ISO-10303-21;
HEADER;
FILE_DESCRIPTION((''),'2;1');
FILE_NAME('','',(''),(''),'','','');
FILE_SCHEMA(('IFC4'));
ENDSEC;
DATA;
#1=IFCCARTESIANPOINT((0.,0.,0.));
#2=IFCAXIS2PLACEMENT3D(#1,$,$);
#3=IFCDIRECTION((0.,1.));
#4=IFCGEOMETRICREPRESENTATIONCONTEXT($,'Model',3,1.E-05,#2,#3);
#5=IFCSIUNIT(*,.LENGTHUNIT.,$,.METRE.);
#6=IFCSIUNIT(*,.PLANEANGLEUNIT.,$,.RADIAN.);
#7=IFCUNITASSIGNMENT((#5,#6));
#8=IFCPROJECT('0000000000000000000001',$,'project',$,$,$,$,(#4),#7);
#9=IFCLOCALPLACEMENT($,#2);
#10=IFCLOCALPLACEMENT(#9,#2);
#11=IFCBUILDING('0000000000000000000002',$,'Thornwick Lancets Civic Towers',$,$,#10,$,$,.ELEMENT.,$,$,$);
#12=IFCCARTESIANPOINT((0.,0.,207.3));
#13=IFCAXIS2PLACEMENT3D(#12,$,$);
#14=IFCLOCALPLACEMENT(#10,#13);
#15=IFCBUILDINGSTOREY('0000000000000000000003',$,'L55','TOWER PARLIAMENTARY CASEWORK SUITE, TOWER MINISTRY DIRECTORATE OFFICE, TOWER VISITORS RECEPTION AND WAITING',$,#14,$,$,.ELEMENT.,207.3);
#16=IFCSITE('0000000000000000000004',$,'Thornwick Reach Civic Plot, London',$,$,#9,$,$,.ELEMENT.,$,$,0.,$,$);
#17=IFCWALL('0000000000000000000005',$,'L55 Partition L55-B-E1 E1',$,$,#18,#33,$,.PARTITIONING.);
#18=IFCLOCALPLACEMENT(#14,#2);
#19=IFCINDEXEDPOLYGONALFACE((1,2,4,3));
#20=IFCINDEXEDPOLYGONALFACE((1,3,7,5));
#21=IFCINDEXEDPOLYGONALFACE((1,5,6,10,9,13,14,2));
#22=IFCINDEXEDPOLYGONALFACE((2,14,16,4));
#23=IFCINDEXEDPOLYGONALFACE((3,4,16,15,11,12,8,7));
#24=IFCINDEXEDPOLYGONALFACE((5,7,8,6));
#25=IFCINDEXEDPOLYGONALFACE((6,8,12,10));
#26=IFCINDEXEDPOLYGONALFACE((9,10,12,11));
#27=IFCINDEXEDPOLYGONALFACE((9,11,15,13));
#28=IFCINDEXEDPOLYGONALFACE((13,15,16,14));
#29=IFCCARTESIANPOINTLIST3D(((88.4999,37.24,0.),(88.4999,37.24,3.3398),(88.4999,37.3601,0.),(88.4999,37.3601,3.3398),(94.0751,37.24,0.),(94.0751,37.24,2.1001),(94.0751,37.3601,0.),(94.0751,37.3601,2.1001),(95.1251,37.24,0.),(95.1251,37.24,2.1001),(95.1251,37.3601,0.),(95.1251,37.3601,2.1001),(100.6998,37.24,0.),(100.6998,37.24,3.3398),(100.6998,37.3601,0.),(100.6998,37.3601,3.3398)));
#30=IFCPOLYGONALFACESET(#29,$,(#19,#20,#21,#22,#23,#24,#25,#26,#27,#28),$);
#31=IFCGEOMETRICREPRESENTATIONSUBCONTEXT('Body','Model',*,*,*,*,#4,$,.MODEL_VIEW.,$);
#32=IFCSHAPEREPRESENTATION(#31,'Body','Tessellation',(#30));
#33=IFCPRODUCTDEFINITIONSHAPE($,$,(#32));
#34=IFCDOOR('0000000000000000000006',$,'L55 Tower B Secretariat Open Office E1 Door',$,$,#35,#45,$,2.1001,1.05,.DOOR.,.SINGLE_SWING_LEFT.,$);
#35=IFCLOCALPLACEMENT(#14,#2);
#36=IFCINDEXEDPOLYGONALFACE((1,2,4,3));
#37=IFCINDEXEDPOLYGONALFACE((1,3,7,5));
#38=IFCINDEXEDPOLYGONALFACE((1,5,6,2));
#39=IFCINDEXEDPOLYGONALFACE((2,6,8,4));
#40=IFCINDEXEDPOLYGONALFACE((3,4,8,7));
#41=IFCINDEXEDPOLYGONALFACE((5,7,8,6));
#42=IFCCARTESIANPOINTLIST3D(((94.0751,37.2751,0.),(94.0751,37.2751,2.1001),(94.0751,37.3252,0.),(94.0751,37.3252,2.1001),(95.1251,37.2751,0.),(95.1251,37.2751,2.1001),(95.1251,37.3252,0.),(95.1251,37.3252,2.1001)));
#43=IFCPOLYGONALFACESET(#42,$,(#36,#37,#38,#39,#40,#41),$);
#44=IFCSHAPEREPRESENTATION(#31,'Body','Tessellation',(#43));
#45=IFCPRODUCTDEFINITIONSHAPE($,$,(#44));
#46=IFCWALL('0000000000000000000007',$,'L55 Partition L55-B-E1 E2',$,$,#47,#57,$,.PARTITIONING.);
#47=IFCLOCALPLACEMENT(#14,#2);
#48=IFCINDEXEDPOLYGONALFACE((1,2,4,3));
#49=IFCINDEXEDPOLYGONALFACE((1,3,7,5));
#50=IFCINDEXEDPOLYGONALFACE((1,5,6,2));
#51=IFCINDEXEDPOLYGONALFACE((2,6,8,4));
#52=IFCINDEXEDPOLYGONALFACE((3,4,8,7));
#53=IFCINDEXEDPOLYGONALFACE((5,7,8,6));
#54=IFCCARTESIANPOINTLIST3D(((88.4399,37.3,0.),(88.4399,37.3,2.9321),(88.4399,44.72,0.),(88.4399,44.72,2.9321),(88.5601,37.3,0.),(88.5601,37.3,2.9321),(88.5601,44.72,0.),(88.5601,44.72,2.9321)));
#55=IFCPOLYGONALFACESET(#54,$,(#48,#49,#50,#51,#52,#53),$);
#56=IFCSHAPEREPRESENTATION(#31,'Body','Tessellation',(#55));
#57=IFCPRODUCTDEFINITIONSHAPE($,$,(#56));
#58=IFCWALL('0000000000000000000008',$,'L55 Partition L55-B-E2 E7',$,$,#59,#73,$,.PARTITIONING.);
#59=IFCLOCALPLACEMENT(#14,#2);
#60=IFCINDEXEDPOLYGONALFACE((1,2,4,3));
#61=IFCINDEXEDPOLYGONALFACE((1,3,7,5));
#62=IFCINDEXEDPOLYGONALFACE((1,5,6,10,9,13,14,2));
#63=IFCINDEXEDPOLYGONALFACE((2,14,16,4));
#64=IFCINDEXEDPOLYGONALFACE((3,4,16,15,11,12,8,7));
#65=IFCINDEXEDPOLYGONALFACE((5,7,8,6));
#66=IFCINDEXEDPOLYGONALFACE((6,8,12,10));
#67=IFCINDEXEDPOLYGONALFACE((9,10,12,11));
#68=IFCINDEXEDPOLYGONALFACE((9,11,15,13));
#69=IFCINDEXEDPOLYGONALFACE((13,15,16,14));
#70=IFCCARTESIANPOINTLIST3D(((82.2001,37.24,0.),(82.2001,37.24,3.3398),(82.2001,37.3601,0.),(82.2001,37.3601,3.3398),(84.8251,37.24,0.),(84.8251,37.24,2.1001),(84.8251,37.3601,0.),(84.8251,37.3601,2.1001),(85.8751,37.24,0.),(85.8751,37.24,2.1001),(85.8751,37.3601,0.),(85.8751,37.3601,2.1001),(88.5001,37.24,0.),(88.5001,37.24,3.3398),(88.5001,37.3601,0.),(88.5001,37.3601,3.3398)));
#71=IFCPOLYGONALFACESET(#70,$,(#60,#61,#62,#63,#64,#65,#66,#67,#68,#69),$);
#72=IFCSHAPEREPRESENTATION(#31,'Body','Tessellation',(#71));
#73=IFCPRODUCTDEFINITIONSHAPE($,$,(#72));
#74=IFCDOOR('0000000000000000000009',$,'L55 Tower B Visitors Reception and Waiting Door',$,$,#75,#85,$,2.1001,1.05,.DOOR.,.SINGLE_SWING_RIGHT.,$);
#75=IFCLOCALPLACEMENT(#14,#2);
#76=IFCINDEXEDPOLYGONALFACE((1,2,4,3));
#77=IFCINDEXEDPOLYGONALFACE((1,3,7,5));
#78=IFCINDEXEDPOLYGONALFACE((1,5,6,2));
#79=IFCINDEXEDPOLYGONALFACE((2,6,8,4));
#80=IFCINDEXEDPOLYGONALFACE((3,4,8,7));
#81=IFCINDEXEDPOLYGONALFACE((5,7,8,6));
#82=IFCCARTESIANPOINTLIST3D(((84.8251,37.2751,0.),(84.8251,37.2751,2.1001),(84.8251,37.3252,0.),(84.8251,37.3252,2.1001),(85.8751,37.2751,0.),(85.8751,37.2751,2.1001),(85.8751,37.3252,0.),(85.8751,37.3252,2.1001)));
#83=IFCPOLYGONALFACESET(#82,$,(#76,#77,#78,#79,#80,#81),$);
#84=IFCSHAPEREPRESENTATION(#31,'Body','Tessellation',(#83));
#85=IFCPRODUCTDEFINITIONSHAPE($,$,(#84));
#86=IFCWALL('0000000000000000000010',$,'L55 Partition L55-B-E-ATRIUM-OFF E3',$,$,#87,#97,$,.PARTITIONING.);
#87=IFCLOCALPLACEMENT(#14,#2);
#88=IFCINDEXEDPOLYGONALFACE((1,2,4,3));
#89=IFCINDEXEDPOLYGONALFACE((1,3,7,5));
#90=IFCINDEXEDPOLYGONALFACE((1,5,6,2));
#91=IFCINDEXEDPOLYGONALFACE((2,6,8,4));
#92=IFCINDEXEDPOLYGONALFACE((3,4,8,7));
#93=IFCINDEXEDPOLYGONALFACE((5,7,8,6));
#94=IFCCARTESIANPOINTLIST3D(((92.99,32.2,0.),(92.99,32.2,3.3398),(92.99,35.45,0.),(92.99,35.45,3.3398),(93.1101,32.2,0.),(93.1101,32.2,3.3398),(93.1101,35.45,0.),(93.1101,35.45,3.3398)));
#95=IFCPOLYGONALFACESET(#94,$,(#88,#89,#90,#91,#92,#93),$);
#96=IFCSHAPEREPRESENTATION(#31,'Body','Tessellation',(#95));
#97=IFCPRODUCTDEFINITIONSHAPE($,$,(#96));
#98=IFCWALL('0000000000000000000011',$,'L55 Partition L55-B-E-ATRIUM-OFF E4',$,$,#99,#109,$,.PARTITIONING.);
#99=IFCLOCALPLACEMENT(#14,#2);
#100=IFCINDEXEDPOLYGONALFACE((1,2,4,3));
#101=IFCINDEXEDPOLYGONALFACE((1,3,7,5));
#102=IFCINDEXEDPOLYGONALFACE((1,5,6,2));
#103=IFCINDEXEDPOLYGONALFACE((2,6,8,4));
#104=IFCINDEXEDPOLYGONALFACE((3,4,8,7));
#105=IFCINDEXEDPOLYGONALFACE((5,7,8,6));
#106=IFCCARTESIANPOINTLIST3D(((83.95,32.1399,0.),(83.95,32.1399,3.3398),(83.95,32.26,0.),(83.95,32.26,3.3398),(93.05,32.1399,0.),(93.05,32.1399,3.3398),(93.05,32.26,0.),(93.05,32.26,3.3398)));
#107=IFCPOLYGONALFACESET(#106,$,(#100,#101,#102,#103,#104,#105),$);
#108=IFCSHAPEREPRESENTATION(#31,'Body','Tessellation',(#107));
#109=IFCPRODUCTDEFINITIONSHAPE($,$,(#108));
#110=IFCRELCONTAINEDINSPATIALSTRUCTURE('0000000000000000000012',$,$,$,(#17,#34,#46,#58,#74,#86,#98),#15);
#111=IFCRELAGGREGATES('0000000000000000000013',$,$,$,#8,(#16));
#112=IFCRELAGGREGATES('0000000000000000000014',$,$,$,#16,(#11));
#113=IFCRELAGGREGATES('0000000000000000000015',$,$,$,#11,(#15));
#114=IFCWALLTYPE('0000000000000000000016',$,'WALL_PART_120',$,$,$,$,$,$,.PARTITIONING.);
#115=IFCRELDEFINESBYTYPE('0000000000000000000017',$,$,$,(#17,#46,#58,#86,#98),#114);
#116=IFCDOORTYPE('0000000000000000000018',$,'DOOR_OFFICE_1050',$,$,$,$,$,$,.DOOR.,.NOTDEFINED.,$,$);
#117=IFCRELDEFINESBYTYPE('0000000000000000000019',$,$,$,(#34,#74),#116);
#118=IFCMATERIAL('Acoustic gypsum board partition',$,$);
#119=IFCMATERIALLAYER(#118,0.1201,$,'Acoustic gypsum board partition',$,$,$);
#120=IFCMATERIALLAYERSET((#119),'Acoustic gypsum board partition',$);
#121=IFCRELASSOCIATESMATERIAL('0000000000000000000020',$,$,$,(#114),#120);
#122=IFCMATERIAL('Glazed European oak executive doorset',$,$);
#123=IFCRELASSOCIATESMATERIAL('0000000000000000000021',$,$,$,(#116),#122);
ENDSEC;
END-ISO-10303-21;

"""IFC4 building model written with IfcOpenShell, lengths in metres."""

from ifc_helpers import new_model, si_unit, direction, frame, frame_2d, origin, place, context, subcontext, project, spatial, rectangle, extrude, material, layer, layer_set, type_object, element, fill, save


model = new_model("IFC4")

# Units and contexts
model_context = context("Model", 3, precision=1e-05, world=origin(), true_north=direction((0.0, 1.0)))
body_context = subcontext(model_context, "Body", "Model", "MODEL_VIEW")
ifc_project = project(units=[si_unit("LENGTHUNIT", "METRE"), si_unit("PLANEANGLEUNIT", "RADIAN")], contexts=[model_context])

# Site, building, storey
site_placement = place(None, origin())
site = spatial("IfcSite", under=ifc_project, at=site_placement, Name="Thornwick Reach Civic Plot, London", CompositionType="ELEMENT", RefElevation=0.0)
building_placement = place(site_placement, origin())
building = spatial("IfcBuilding", under=site, at=building_placement, Name="Thornwick Lancets Civic Towers", CompositionType="ELEMENT")
storey_placement = place(building_placement, frame((0.0, 0.0, 207.3)))
storey = spatial("IfcBuildingStorey", under=building, at=storey_placement, Name="L55", Description="TOWER PARLIAMENTARY CASEWORK SUITE, TOWER MINISTRY DIRECTORATE OFFICE, TOWER VISITORS RECEPTION AND WAITING", CompositionType="ELEMENT", Elevation=207.3)

# Shared definitions
ifc_material_1 = material(Name="Acoustic gypsum board partition")
ifc_layer_1 = layer(ifc_material_1, 0.1201, Name="Acoustic gypsum board partition")
ifc_layer_set_1 = layer_set([ifc_layer_1], Name="Acoustic gypsum board partition")
wall_type_1 = type_object("IfcWallType", Name="WALL_PART_120", PredefinedType="PARTITIONING", material=ifc_layer_set_1)

# Wall, opening, door
wall_1_placement = place(storey_placement, frame((100.7, 37.3, 0.0), z_axis=(0.0, 0.0, 1.0), x_axis=(-1.0, 0.0, 0.0)))
wall_1 = element("IfcWall", 1, at=wall_1_placement, inside=storey, type_object=wall_type_1, Name="L55 Partition L55-B-E1 E1", PredefinedType="PARTITIONING", context=body_context, shape_type="SweptSolid", body=[
    extrude(rectangle(XDim=12.2, YDim=0.1201, at=frame_2d((6.1001, 0.0))), origin(), (0.0, 0.0, 1.0), 3.3398),
])
opening_1_placement = place(wall_1_placement, frame((5.575, 0.0, 0.0)))
opening_1 = element("IfcOpeningElement", 2, at=opening_1_placement, cuts=wall_1, PredefinedType="OPENING", context=body_context, shape_type="SweptSolid", body=[
    extrude(rectangle(XDim=1.05, YDim=2.1001, at=frame_2d((0.5249, 1.05))), frame((0.0, 0.0701, 0.0), z_axis=(0.0, -1.0, 0.0), x_axis=(1.0, 0.0, 0.0)), (0.0, 0.0, 1.0), 0.1401),
])
ifc_material_2 = material(Name="Glazed European oak executive doorset")
door_type_1 = type_object("IfcDoorType", Name="DOOR_OFFICE_1050", OperationType="NOTDEFINED", PredefinedType="DOOR", material=ifc_material_2)
door_1_placement = place(opening_1_placement, origin())
door_1 = element("IfcDoor", 3, at=door_1_placement, inside=storey, type_object=door_type_1, Name="L55 Tower B Secretariat Open Office E1 Door", OperationType="SINGLE_SWING_LEFT", OverallHeight=2.1001, OverallWidth=1.05, PredefinedType="DOOR", context=body_context, shape_type="SweptSolid", body=[
    extrude(rectangle(XDim=1.05, YDim=2.1001, at=frame_2d((0.5249, 1.05))), frame((0.0, 0.0249, 0.0), z_axis=(0.0, -1.0, 0.0), x_axis=(1.0, 0.0, 0.0)), (0.0, 0.0, 1.0), 0.05),
])
fill(opening_1, door_1)

# Wall
wall_2_placement = place(storey_placement, frame((88.5, 37.3, 0.0), z_axis=(0.0, 0.0, 1.0), x_axis=(0.0, 1.0, 0.0)))
element("IfcWall", 4, at=wall_2_placement, inside=storey, type_object=wall_type_1, Name="L55 Partition L55-B-E1 E2", PredefinedType="PARTITIONING", context=body_context, shape_type="SweptSolid", body=[
    extrude(rectangle(XDim=7.4199, YDim=0.1201, at=frame_2d((3.71, 0.0))), origin(), (0.0, 0.0, 1.0), 2.9321),
])

# Wall, opening, door
wall_3_placement = place(storey_placement, frame((88.5, 37.3, 0.0), z_axis=(0.0, 0.0, 1.0), x_axis=(-1.0, 0.0, 0.0)))
wall_3 = element("IfcWall", 5, at=wall_3_placement, inside=storey, type_object=wall_type_1, Name="L55 Partition L55-B-E2 E7", PredefinedType="PARTITIONING", context=body_context, shape_type="SweptSolid", body=[
    extrude(rectangle(XDim=6.3, YDim=0.1201, at=frame_2d((3.1499, 0.0))), origin(), (0.0, 0.0, 1.0), 3.3398),
])
opening_2_placement = place(wall_3_placement, frame((2.625, 0.0, 0.0)))
opening_2 = element("IfcOpeningElement", 6, at=opening_2_placement, cuts=wall_3, PredefinedType="OPENING", context=body_context, shape_type="SweptSolid", body=[
    extrude(rectangle(XDim=1.05, YDim=2.1001, at=frame_2d((0.5249, 1.05))), frame((0.0, 0.0701, 0.0), z_axis=(0.0, -1.0, 0.0), x_axis=(1.0, 0.0, 0.0)), (0.0, 0.0, 1.0), 0.1401),
])
door_2_placement = place(opening_2_placement, origin())
door_2 = element("IfcDoor", 7, at=door_2_placement, inside=storey, type_object=door_type_1, Name="L55 Tower B Visitors Reception and Waiting Door", OperationType="SINGLE_SWING_RIGHT", OverallHeight=2.1001, OverallWidth=1.05, PredefinedType="DOOR", context=body_context, shape_type="SweptSolid", body=[
    extrude(rectangle(XDim=1.05, YDim=2.1001, at=frame_2d((0.5249, 1.05))), frame((0.0, 0.0249, 0.0), z_axis=(0.0, -1.0, 0.0), x_axis=(1.0, 0.0, 0.0)), (0.0, 0.0, 1.0), 0.05),
])
fill(opening_2, door_2)

# Walls
wall_4_placement = place(storey_placement, frame((93.05, 35.45, 0.0), z_axis=(0.0, 0.0, 1.0), x_axis=(0.0, -1.0, 0.0)))
element("IfcWall", 8, at=wall_4_placement, inside=storey, type_object=wall_type_1, Name="L55 Partition L55-B-E-ATRIUM-OFF E3", PredefinedType="PARTITIONING", context=body_context, shape_type="SweptSolid", body=[
    extrude(rectangle(XDim=3.25, YDim=0.1201, at=frame_2d((1.625, 0.0))), origin(), (0.0, 0.0, 1.0), 3.3398),
])
wall_5_placement = place(storey_placement, frame((93.05, 32.2, 0.0), z_axis=(0.0, 0.0, 1.0), x_axis=(-1.0, 0.0, 0.0)))
element("IfcWall", 9, at=wall_5_placement, inside=storey, type_object=wall_type_1, Name="L55 Partition L55-B-E-ATRIUM-OFF E4", PredefinedType="PARTITIONING", context=body_context, shape_type="SweptSolid", body=[
    extrude(rectangle(XDim=9.1001, YDim=0.1201, at=frame_2d((4.55, 0.0))), origin(), (0.0, 0.0, 1.0), 3.3398),
])

save(model, "model.ifc")
